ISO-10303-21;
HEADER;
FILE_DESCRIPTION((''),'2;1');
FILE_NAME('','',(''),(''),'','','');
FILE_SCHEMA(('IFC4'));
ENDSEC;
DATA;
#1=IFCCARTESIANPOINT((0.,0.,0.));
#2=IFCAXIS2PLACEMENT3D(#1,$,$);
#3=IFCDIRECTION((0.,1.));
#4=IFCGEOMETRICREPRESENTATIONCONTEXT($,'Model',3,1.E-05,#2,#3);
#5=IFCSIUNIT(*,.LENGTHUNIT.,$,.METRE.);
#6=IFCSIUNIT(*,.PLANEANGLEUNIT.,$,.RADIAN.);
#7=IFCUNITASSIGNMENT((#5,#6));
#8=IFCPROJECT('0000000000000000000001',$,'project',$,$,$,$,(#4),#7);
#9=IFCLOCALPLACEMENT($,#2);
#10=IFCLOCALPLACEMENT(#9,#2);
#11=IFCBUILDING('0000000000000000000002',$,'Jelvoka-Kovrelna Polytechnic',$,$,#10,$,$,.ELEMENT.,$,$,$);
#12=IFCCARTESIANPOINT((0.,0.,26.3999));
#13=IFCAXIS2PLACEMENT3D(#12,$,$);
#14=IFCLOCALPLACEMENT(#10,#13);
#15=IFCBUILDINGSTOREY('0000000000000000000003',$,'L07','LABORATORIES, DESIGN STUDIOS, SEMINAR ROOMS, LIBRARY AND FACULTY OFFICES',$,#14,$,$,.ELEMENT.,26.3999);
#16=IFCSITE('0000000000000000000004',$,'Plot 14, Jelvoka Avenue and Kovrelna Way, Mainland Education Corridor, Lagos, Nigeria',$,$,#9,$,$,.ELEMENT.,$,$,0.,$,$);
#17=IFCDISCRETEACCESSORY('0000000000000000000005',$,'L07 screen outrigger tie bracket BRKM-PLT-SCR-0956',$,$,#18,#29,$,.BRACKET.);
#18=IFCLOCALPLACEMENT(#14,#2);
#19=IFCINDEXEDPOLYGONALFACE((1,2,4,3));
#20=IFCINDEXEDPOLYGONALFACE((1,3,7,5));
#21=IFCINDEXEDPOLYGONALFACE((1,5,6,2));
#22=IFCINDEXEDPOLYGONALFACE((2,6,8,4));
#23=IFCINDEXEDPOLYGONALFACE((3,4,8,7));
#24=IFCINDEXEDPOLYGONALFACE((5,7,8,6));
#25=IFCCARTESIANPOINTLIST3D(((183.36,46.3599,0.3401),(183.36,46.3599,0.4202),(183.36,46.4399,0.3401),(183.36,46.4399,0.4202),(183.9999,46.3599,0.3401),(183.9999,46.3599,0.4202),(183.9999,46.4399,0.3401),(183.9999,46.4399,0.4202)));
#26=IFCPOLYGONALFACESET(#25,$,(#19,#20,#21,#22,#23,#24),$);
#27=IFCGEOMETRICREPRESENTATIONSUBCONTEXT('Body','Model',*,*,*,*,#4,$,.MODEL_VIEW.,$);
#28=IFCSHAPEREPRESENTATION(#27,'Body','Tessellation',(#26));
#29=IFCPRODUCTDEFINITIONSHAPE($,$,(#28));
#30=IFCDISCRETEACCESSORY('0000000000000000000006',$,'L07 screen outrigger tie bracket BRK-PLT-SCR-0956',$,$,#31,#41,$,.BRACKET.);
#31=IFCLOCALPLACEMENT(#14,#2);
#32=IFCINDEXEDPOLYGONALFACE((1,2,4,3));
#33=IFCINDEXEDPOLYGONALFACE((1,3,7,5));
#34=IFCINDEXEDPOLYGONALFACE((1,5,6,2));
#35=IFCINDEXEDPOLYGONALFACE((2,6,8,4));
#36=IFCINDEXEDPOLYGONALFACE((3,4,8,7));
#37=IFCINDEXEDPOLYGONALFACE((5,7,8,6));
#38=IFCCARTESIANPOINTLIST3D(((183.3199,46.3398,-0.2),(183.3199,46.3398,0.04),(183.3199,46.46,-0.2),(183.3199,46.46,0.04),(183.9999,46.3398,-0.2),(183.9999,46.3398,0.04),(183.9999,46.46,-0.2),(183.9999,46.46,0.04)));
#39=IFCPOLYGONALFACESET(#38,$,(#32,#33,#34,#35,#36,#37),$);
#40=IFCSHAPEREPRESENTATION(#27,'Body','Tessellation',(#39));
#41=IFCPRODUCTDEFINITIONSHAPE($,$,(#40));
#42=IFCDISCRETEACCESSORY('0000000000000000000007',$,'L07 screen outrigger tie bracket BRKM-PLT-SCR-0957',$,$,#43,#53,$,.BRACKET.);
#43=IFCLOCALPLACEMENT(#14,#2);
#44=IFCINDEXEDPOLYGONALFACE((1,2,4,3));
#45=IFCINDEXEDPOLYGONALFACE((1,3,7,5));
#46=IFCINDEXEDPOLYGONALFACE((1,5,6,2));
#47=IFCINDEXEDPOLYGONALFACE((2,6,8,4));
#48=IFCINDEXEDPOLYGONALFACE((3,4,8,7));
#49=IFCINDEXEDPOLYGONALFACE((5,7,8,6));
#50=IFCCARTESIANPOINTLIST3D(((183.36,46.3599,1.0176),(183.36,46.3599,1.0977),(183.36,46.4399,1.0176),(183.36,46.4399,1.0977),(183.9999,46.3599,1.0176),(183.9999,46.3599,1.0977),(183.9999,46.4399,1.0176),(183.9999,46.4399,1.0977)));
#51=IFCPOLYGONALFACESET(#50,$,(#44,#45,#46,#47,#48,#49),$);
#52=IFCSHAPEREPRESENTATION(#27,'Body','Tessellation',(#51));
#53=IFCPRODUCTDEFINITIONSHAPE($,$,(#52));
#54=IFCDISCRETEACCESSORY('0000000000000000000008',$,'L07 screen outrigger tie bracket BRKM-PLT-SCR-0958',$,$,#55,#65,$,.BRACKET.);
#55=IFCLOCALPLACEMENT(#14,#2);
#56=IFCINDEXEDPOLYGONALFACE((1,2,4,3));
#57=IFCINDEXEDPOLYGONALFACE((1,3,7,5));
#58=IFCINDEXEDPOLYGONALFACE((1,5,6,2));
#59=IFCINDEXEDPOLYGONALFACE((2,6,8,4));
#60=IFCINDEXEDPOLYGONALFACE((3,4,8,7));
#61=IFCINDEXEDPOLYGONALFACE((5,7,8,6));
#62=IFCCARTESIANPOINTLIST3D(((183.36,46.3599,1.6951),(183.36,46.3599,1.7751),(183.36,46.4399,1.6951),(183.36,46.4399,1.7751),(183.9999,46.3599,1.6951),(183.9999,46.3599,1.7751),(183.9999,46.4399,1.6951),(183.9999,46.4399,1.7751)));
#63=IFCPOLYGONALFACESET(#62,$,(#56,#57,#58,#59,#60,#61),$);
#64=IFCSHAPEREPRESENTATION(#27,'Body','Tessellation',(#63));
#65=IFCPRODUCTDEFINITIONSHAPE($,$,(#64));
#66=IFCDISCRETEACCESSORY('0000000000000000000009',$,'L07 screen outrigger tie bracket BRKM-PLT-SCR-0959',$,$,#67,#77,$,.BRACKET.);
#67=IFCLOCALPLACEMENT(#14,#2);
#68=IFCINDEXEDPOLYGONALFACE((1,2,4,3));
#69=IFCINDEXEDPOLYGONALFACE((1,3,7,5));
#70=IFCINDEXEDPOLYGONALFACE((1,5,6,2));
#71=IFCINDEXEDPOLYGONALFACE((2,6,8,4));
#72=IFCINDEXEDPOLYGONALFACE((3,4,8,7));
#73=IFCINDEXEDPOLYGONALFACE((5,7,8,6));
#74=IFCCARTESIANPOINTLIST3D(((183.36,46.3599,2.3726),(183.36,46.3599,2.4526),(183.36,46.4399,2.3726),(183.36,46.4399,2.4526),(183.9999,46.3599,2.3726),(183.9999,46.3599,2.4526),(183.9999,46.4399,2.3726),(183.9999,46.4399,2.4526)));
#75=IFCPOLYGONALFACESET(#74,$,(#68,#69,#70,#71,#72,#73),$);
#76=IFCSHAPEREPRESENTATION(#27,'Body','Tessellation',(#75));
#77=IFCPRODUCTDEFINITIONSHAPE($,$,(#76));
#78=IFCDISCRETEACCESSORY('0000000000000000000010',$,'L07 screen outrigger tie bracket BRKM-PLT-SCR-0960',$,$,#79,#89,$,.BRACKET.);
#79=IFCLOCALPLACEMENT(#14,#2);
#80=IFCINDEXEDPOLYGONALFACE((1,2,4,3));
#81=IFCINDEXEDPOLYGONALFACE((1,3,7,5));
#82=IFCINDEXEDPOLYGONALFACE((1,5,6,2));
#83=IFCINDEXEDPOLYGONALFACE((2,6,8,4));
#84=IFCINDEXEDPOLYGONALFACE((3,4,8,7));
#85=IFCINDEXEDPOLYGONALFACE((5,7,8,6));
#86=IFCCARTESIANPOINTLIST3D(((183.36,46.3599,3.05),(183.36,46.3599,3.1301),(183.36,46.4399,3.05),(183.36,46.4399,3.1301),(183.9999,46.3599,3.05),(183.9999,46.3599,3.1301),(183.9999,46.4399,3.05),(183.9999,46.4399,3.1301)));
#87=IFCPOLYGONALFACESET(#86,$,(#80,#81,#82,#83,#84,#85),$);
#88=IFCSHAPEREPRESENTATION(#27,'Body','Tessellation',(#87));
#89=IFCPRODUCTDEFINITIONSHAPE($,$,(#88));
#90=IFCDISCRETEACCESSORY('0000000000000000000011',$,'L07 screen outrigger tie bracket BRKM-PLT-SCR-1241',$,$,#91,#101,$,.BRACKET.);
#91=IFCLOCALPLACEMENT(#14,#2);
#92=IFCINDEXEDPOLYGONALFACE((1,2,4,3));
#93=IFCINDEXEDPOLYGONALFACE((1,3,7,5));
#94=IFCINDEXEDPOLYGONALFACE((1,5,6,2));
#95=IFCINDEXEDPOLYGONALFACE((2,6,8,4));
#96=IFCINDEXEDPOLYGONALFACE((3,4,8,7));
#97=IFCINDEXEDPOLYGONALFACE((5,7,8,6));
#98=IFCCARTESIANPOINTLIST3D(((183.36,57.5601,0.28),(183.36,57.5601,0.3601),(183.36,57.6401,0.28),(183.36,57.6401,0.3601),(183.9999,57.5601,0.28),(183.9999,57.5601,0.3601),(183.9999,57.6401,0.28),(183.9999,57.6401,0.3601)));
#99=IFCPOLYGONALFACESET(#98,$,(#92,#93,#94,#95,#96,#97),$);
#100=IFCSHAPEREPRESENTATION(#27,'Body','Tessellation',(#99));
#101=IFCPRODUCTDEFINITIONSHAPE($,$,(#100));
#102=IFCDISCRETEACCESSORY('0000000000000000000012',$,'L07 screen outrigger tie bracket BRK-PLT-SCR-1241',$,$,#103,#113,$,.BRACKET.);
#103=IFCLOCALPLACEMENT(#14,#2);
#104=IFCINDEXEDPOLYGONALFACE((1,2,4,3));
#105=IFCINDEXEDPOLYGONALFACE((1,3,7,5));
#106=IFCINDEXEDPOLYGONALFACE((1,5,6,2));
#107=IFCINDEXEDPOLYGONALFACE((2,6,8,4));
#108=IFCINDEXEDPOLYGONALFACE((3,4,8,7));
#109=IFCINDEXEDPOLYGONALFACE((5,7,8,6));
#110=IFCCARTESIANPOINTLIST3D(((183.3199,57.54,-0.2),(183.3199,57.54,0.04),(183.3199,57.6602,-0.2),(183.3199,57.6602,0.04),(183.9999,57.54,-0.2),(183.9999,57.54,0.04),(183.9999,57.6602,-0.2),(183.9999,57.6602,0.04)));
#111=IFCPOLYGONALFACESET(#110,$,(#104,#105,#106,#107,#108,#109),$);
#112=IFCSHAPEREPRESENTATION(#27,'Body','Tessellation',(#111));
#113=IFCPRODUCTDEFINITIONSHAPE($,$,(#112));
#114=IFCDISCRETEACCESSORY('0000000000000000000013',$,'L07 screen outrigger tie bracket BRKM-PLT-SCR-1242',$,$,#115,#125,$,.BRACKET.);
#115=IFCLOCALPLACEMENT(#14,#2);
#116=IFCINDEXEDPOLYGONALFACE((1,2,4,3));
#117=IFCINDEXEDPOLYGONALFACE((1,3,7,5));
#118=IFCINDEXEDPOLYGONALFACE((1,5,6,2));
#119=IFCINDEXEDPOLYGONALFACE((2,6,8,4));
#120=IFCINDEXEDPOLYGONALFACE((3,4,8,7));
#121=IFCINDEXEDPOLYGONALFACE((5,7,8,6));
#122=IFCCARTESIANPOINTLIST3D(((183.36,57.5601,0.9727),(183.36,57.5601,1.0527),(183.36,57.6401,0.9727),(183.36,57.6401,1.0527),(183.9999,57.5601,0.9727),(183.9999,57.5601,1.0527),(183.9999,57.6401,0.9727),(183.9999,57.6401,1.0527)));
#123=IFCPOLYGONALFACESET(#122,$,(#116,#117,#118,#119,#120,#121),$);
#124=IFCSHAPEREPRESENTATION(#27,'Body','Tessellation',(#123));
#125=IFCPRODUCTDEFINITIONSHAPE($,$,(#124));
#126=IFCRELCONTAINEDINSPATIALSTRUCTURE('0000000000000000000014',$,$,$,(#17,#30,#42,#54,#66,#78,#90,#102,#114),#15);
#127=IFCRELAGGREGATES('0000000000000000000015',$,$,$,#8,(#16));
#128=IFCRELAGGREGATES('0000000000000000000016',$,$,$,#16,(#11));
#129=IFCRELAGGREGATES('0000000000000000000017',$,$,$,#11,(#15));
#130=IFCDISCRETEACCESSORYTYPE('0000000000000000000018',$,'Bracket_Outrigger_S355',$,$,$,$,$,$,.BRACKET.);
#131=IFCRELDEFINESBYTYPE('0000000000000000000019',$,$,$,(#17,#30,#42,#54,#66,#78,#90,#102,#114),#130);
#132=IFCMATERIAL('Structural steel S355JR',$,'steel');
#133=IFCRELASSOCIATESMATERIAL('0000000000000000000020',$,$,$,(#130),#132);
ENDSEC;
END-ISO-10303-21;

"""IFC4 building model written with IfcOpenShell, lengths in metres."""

from ifc_helpers import new_model, si_unit, direction, frame, origin, origin_2d, place, context, subcontext, project, spatial, rectangle, extrude, material, type_object, element, save


model = new_model("IFC4")

# Units and contexts
model_context = context("Model", 3, precision=1e-05, world=origin(), true_north=direction((0.0, 1.0)))
body_context = subcontext(model_context, "Body", "Model", "MODEL_VIEW")
ifc_project = project(units=[si_unit("LENGTHUNIT", "METRE"), si_unit("PLANEANGLEUNIT", "RADIAN")], contexts=[model_context])

# Site, building, storey
site_placement = place(None, origin())
site = spatial("IfcSite", under=ifc_project, at=site_placement, Name="Plot 14, Jelvoka Avenue and Kovrelna Way, Mainland Education Corridor, Lagos, Nigeria", CompositionType="ELEMENT", RefElevation=0.0)
building_placement = place(site_placement, origin())
building = spatial("IfcBuilding", under=site, at=building_placement, Name="Jelvoka-Kovrelna Polytechnic", CompositionType="ELEMENT")
storey_placement = place(building_placement, frame((0.0, 0.0, 26.3999)))
storey = spatial("IfcBuildingStorey", under=building, at=storey_placement, Name="L07", Description="LABORATORIES, DESIGN STUDIOS, SEMINAR ROOMS, LIBRARY AND FACULTY OFFICES", CompositionType="ELEMENT", Elevation=26.3999)

# Discrete accessories
ifc_material_1 = material(Name="Structural steel S355JR", Category="steel")
discrete_accessory_type = type_object("IfcDiscreteAccessoryType", Name="Bracket_Outrigger_S355", PredefinedType="BRACKET", material=ifc_material_1)
for number, where, z_axis, x_axis, name in (
    (1, (183.6799, 46.3999, 0.3401), (0.0, 0.0, 1.0), (1.0, 0.0, 0.0), "L07 screen outrigger tie bracket BRKM-PLT-SCR-0956"),
):
    element("IfcDiscreteAccessory", number, at=place(storey_placement, frame(where, z_axis=z_axis, x_axis=x_axis)), inside=storey, type_object=discrete_accessory_type, Name=name, PredefinedType="BRACKET", context=body_context, shape_type="SweptSolid", body=[
        extrude(rectangle(XDim=0.6399, YDim=0.0801, at=origin_2d()), origin(), (0.0, 0.0, 1.0), 0.0801),
    ])
discrete_accessory_1_placement = place(storey_placement, frame((183.6599, 46.3999, -0.2), z_axis=(0.0, 0.0, 1.0), x_axis=(1.0, 0.0, 0.0)))
element("IfcDiscreteAccessory", 2, at=discrete_accessory_1_placement, inside=storey, type_object=discrete_accessory_type, Name="L07 screen outrigger tie bracket BRK-PLT-SCR-0956", PredefinedType="BRACKET", context=body_context, shape_type="SweptSolid", body=[
    extrude(rectangle(XDim=0.6799, YDim=0.1201, at=origin_2d()), origin(), (0.0, 0.0, 1.0), 0.24),
])
for number, where, z_axis, x_axis, name in (
    (3, (183.6799, 46.3999, 1.0176), (0.0, 0.0, 1.0), (1.0, 0.0, 0.0), "L07 screen outrigger tie bracket BRKM-PLT-SCR-0957"),
    (4, (183.6799, 46.3999, 1.6951), (0.0, 0.0, 1.0), (1.0, 0.0, 0.0), "L07 screen outrigger tie bracket BRKM-PLT-SCR-0958"),
    (5, (183.6799, 46.3999, 2.3726), (0.0, 0.0, 1.0), (1.0, 0.0, 0.0), "L07 screen outrigger tie bracket BRKM-PLT-SCR-0959"),
    (6, (183.6799, 46.3999, 3.05), (0.0, 0.0, 1.0), (1.0, 0.0, 0.0), "L07 screen outrigger tie bracket BRKM-PLT-SCR-0960"),
    (7, (183.6799, 57.6001, 0.28), (0.0, 0.0, 1.0), (1.0, 0.0, 0.0), "L07 screen outrigger tie bracket BRKM-PLT-SCR-1241"),
):
    element("IfcDiscreteAccessory", number, at=place(storey_placement, frame(where, z_axis=z_axis, x_axis=x_axis)), inside=storey, type_object=discrete_accessory_type, Name=name, PredefinedType="BRACKET", context=body_context, shape_type="SweptSolid", body=[
        extrude(rectangle(XDim=0.6399, YDim=0.0801, at=origin_2d()), origin(), (0.0, 0.0, 1.0), 0.0801),
    ])
discrete_accessory_2_placement = place(storey_placement, frame((183.6599, 57.6001, -0.2), z_axis=(0.0, 0.0, 1.0), x_axis=(1.0, 0.0, 0.0)))
element("IfcDiscreteAccessory", 8, at=discrete_accessory_2_placement, inside=storey, type_object=discrete_accessory_type, Name="L07 screen outrigger tie bracket BRK-PLT-SCR-1241", PredefinedType="BRACKET", context=body_context, shape_type="SweptSolid", body=[
    extrude(rectangle(XDim=0.6799, YDim=0.1201, at=origin_2d()), origin(), (0.0, 0.0, 1.0), 0.24),
])
discrete_accessory_3_placement = place(storey_placement, frame((183.6799, 57.6001, 0.9727), z_axis=(0.0, 0.0, 1.0), x_axis=(1.0, 0.0, 0.0)))
element("IfcDiscreteAccessory", 9, at=discrete_accessory_3_placement, inside=storey, type_object=discrete_accessory_type, Name="L07 screen outrigger tie bracket BRKM-PLT-SCR-1242", PredefinedType="BRACKET", context=body_context, shape_type="SweptSolid", body=[
    extrude(rectangle(XDim=0.6399, YDim=0.0801, at=origin_2d()), origin(), (0.0, 0.0, 1.0), 0.0801),
])

save(model, "model.ifc")
